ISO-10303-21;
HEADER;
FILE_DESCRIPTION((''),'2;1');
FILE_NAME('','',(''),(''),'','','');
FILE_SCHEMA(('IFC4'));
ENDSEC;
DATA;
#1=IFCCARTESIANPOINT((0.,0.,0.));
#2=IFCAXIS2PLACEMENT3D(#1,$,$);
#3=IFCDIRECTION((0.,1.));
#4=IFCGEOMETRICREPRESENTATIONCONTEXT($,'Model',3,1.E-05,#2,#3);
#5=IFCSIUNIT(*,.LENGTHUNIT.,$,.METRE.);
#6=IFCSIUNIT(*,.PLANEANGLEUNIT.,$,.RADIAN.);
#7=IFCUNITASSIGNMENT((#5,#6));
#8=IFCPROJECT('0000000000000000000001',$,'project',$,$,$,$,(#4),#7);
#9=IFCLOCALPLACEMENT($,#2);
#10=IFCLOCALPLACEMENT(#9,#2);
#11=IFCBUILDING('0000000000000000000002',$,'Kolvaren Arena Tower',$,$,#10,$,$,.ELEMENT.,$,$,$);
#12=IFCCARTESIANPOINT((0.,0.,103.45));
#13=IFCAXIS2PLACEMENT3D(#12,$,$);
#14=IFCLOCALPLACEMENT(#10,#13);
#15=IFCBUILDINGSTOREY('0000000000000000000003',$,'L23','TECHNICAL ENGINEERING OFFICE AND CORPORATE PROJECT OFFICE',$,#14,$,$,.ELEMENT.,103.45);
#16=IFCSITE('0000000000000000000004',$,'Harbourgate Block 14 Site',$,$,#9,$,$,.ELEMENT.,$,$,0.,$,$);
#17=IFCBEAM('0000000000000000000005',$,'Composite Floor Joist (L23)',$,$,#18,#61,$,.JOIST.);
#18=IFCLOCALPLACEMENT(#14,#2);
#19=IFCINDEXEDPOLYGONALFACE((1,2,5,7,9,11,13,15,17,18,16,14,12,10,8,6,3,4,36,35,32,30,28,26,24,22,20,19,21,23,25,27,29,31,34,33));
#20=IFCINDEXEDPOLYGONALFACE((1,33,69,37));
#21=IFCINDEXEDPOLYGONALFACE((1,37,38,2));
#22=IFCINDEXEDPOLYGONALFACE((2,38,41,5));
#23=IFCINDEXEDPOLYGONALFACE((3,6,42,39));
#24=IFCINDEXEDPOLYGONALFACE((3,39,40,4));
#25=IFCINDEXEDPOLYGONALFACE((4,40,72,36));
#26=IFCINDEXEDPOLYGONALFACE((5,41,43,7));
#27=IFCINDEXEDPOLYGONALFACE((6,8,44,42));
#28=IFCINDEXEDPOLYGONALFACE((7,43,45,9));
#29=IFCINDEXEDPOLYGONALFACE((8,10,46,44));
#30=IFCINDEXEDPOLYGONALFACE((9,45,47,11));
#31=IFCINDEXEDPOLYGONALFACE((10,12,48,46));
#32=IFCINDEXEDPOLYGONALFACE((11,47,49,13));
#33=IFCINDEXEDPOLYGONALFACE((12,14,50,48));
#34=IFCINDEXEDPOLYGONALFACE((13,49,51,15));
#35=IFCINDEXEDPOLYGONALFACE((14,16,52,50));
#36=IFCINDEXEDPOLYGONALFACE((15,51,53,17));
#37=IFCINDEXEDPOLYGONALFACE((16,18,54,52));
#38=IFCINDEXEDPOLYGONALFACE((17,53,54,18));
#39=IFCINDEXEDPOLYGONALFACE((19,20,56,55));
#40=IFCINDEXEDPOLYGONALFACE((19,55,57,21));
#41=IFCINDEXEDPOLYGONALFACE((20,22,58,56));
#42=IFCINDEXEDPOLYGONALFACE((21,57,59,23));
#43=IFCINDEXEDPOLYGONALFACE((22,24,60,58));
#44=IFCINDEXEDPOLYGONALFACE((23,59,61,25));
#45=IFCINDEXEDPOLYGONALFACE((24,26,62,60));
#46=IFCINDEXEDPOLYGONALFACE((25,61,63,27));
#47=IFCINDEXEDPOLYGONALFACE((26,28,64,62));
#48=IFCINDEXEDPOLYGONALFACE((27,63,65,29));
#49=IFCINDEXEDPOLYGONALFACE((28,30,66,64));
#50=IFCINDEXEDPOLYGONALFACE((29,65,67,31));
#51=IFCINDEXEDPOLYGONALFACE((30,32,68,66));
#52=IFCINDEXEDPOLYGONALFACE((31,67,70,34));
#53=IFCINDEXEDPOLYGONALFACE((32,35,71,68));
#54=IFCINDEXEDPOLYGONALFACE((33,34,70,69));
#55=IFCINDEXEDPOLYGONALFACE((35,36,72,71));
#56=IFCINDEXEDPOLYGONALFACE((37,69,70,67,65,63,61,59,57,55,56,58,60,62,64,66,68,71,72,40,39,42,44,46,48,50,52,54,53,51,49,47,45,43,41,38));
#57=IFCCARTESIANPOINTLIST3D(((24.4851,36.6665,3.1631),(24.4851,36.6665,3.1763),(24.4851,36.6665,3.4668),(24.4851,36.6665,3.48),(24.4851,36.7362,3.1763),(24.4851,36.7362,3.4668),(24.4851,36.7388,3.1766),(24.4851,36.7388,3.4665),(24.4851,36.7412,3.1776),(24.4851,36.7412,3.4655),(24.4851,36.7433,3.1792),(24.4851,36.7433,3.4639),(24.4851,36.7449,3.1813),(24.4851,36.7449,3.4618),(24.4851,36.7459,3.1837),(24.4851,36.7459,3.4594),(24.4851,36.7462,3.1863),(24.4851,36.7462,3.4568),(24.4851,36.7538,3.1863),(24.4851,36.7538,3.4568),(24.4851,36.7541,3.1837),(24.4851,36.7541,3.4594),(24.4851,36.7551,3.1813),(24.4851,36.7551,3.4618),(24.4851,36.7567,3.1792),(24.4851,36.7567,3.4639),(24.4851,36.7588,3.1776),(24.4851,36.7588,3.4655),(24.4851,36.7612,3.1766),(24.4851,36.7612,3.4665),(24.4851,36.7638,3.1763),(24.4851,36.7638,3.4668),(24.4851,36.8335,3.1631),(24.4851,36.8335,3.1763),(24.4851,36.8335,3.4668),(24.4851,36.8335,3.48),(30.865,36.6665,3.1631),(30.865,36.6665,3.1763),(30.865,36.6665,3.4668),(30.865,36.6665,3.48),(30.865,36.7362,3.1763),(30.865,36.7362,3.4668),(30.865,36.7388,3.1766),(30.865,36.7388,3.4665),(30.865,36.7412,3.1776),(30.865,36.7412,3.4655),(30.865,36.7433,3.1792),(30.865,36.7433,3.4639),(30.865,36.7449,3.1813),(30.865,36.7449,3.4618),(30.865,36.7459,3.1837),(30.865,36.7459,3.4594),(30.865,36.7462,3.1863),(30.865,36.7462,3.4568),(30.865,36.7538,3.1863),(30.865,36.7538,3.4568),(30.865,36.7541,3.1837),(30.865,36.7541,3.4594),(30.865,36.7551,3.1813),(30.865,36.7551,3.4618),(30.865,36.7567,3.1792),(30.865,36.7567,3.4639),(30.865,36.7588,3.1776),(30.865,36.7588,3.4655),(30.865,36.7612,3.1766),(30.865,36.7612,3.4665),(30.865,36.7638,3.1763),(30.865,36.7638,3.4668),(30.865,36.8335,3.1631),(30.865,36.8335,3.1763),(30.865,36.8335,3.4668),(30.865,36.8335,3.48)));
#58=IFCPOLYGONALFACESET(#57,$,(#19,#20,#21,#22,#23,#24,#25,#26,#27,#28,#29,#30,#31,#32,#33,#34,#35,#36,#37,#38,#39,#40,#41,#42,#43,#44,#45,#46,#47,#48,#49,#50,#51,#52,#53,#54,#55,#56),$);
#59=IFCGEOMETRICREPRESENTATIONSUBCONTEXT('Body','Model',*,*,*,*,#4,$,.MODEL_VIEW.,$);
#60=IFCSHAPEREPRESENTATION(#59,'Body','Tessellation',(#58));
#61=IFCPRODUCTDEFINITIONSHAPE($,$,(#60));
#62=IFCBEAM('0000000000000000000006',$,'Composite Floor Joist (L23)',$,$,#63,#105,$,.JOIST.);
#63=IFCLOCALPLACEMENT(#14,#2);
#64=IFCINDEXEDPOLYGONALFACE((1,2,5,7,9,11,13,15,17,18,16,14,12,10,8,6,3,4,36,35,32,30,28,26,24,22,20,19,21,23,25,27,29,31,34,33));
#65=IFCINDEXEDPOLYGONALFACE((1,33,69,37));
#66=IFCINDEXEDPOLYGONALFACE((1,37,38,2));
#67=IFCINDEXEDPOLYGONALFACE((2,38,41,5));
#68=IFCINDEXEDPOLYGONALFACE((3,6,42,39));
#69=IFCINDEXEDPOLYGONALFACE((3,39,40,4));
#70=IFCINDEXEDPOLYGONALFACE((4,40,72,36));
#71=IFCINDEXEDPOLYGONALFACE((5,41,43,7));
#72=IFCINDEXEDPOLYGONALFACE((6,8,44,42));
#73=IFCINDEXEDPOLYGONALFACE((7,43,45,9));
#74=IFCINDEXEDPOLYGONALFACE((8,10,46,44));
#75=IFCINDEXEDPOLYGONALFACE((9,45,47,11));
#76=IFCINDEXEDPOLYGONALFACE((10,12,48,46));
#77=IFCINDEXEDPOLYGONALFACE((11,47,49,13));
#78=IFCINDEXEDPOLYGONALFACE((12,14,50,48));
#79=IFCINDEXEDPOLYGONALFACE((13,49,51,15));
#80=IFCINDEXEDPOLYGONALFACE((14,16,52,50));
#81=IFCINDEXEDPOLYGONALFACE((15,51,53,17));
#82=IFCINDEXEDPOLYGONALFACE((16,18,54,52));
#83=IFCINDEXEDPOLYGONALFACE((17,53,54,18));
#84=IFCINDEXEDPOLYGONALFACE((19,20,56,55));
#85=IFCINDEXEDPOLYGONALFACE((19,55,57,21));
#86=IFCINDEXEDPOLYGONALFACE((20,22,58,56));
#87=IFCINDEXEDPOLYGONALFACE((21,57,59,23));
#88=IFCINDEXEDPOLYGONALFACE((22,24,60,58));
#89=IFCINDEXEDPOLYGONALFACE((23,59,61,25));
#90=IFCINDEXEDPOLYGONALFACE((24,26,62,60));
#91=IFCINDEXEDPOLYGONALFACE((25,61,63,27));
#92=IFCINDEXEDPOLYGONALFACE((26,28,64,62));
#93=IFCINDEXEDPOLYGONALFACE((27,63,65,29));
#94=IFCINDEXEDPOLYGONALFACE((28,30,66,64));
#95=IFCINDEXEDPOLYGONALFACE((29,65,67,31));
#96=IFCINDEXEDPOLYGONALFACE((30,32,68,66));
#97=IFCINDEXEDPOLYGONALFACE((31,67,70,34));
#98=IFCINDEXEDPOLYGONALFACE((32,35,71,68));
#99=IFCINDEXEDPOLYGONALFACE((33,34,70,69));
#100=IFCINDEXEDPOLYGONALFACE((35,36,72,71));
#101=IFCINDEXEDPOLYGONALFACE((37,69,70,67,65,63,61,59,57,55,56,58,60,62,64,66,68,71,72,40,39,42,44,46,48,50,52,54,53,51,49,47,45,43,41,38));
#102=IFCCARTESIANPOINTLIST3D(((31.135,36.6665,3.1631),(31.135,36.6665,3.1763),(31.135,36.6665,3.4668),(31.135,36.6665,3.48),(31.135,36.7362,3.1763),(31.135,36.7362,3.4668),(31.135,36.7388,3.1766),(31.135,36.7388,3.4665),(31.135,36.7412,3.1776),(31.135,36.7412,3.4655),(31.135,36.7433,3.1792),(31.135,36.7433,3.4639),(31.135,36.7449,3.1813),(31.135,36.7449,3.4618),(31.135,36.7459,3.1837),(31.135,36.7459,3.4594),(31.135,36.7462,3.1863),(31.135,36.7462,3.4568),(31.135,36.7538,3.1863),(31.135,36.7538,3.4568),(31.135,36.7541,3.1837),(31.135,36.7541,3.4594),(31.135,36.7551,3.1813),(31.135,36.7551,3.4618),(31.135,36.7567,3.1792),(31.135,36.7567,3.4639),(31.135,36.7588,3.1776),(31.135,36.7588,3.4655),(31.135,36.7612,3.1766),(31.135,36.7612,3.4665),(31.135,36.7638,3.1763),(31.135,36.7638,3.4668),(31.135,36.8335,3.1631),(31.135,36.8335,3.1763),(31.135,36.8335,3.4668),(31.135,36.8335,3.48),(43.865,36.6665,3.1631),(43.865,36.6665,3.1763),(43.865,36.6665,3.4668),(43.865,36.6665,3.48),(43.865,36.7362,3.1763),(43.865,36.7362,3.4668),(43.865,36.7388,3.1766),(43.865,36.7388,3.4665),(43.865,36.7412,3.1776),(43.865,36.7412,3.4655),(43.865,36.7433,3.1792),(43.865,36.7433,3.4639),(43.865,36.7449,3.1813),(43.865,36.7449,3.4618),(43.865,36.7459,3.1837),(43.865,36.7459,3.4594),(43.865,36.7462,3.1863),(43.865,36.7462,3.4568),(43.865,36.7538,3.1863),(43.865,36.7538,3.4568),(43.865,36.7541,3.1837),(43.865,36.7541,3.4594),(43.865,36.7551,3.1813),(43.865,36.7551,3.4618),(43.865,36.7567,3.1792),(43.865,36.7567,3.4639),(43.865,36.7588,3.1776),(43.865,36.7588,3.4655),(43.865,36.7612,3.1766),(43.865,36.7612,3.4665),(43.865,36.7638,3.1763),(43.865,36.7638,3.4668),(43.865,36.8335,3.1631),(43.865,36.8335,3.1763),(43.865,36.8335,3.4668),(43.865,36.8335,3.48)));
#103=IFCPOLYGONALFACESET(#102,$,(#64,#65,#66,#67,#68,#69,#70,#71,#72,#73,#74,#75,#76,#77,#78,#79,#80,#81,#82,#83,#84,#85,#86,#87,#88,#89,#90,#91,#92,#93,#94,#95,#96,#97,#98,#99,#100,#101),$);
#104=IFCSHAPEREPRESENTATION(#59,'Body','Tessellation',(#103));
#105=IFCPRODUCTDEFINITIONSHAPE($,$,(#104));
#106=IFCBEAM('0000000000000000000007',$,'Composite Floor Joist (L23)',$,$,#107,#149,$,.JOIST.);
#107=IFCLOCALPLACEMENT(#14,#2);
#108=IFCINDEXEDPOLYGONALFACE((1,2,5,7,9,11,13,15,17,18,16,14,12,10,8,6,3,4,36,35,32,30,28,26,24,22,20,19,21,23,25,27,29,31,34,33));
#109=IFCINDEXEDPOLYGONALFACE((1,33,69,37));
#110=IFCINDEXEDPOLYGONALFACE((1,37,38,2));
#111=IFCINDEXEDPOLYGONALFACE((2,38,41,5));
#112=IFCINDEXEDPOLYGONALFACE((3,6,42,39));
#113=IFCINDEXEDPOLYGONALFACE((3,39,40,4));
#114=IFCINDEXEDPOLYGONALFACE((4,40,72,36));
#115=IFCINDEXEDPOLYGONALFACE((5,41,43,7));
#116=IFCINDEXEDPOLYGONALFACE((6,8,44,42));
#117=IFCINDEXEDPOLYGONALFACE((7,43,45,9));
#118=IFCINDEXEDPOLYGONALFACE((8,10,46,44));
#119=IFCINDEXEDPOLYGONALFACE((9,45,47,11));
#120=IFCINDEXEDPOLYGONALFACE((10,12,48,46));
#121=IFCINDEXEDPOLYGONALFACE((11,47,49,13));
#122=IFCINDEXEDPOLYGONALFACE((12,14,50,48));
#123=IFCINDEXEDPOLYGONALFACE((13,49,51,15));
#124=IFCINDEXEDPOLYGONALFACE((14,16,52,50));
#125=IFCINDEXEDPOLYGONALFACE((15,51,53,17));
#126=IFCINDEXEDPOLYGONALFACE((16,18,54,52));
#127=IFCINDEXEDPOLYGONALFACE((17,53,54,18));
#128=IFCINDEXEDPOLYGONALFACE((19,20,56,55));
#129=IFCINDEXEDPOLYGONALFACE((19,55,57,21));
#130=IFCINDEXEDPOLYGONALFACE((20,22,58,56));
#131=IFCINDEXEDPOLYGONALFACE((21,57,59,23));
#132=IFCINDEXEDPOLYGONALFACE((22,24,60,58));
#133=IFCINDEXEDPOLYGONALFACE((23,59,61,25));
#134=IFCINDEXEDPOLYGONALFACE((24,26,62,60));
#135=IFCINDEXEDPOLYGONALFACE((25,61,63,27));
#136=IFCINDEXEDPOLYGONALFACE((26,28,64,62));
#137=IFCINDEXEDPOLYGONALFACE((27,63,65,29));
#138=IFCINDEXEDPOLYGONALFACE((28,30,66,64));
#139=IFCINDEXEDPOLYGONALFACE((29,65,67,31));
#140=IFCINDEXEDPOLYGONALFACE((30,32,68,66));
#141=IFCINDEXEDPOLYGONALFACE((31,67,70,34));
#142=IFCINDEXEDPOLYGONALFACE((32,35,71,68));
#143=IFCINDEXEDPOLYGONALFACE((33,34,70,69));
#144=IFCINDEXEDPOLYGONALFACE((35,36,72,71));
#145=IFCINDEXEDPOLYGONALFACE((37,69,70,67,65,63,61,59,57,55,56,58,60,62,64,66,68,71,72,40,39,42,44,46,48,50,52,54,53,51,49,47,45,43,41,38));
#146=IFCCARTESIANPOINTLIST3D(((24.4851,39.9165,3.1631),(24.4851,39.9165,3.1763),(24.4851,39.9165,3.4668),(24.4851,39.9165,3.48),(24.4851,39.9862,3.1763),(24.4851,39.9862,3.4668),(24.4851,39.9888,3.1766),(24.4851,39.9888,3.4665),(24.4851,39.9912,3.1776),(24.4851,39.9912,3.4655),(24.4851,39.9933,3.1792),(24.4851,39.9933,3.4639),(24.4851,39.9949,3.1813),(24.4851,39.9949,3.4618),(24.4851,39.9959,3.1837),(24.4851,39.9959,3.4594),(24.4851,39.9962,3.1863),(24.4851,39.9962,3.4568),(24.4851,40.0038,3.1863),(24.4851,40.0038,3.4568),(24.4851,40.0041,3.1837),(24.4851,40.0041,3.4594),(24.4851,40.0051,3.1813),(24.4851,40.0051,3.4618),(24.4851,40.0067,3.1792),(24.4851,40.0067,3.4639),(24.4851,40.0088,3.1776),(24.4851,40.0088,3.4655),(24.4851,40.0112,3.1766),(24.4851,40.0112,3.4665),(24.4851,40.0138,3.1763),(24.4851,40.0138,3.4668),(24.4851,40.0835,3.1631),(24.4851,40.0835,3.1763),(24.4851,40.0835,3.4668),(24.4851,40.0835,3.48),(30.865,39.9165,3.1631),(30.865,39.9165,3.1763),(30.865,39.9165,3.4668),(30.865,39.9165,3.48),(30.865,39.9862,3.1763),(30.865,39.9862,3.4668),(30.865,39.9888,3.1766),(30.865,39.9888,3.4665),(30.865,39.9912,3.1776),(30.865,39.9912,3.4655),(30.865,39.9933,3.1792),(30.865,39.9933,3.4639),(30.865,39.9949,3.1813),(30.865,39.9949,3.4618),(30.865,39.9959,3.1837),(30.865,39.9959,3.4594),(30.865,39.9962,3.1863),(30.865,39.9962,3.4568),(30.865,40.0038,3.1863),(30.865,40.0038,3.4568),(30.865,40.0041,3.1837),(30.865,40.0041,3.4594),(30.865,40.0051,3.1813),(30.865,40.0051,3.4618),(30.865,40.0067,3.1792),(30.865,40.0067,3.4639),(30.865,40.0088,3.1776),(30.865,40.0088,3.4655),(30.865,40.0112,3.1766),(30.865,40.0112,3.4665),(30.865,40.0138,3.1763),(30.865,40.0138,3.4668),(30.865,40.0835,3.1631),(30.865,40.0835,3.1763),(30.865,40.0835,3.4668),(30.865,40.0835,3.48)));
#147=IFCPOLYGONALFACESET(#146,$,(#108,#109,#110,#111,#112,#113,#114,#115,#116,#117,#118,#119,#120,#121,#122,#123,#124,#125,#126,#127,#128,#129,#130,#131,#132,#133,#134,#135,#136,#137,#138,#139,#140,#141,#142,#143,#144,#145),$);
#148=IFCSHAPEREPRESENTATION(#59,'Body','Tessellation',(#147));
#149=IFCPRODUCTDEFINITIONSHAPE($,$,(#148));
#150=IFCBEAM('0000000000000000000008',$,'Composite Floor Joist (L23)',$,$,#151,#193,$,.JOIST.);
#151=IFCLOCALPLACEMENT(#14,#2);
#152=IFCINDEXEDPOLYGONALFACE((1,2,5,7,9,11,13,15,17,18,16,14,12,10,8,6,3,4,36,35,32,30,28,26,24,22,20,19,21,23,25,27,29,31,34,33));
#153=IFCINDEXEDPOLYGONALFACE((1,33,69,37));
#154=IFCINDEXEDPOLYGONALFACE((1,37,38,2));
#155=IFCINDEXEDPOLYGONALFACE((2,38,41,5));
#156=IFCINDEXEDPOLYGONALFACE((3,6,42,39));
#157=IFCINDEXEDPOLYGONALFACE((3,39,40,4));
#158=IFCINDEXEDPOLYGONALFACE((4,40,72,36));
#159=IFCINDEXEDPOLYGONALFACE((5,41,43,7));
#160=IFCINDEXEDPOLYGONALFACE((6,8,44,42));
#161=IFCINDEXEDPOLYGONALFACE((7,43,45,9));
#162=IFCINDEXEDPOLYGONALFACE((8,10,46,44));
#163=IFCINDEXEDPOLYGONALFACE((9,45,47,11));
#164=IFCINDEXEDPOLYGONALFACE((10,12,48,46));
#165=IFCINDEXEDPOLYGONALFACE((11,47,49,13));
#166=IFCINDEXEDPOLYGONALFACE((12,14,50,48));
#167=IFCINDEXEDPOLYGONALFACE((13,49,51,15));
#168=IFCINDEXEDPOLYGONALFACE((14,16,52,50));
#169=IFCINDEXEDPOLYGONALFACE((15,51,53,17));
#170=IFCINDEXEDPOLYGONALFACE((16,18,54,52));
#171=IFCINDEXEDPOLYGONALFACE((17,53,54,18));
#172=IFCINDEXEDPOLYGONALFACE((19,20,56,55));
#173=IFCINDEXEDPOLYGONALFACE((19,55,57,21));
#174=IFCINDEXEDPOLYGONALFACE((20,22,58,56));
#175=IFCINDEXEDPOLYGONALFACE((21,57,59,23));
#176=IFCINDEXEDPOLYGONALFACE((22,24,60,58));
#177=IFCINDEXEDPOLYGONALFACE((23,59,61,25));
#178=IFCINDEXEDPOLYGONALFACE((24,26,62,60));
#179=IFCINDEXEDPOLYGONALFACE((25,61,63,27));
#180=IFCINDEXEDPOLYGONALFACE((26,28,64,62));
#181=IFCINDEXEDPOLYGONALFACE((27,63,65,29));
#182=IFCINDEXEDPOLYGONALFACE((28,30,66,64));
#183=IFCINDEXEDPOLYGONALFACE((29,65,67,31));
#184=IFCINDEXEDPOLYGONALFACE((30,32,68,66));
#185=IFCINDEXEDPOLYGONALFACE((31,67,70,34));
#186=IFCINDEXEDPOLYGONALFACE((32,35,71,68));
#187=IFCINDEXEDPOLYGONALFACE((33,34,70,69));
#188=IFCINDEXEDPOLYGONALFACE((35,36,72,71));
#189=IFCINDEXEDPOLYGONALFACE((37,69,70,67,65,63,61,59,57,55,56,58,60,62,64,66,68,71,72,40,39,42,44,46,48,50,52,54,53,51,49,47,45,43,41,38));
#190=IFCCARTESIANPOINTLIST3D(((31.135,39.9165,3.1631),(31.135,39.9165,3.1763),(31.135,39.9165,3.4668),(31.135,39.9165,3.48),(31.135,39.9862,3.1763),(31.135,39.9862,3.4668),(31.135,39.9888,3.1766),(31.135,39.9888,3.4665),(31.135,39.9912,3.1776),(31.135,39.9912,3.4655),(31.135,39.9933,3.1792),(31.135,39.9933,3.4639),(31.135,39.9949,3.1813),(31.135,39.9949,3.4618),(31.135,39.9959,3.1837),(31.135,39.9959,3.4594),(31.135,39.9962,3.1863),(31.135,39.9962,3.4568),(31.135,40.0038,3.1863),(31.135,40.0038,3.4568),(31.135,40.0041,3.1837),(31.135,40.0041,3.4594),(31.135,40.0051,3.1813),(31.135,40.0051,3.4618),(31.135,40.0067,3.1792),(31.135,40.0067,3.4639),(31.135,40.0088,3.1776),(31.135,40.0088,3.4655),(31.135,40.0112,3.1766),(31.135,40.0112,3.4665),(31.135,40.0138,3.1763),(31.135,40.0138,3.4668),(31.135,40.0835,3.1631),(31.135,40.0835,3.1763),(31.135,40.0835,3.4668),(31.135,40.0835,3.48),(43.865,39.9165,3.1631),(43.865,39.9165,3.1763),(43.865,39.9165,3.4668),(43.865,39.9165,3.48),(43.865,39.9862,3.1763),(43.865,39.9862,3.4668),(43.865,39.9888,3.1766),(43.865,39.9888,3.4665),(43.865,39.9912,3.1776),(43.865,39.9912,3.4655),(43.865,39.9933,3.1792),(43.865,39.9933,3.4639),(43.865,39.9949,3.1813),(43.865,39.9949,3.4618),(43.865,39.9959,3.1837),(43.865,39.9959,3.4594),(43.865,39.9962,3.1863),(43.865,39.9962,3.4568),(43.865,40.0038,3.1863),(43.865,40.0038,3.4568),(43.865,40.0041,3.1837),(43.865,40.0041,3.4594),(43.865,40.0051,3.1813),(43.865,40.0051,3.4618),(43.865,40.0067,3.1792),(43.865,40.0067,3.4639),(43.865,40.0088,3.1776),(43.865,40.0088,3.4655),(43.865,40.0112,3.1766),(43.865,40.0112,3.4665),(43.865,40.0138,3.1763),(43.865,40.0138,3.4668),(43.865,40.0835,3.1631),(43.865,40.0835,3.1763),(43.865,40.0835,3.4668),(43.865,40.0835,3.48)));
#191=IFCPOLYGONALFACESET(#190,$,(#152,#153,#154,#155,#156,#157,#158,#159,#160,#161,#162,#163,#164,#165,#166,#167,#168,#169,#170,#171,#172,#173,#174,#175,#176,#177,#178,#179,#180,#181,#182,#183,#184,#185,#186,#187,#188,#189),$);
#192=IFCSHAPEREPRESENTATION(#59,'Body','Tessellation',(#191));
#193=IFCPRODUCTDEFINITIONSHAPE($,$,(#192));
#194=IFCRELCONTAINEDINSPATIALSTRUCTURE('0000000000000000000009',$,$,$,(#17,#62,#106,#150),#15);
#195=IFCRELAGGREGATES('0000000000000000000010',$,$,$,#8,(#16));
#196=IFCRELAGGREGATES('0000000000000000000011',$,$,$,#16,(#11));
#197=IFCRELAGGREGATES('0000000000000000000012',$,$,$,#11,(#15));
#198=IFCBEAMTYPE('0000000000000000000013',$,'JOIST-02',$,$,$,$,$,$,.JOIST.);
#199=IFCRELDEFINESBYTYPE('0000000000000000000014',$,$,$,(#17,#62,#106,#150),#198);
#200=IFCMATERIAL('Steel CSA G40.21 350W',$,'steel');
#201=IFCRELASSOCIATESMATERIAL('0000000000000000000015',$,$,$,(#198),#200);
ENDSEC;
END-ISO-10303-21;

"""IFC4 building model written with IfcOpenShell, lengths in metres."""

from ifc_helpers import new_model, si_unit, direction, frame, origin, origin_2d, place, context, subcontext, project, spatial, i_section, extrude, material, material_profile, profile_set, type_object, element, save


model = new_model("IFC4")

# Units and contexts
model_context = context("Model", 3, precision=1e-05, world=origin(), true_north=direction((0.0, 1.0)))
body_context = subcontext(model_context, "Body", "Model", "MODEL_VIEW")
ifc_project = project(units=[si_unit("LENGTHUNIT", "METRE"), si_unit("PLANEANGLEUNIT", "RADIAN")], contexts=[model_context])

# Site, building, storey
site_placement = place(None, origin())
site = spatial("IfcSite", under=ifc_project, at=site_placement, Name="Harbourgate Block 14 Site", CompositionType="ELEMENT", RefElevation=0.0)
building_placement = place(site_placement, origin())
building = spatial("IfcBuilding", under=site, at=building_placement, Name="Kolvaren Arena Tower", CompositionType="ELEMENT")
storey_placement = place(building_placement, frame((0.0, 0.0, 103.45)))
storey = spatial("IfcBuildingStorey", under=building, at=storey_placement, Name="L23", Description="TECHNICAL ENGINEERING OFFICE AND CORPORATE PROJECT OFFICE", CompositionType="ELEMENT", Elevation=103.45)

# Beams
ifc_material_1 = material(Name="Steel CSA G40.21 350W", Category="steel")
ifc_material_profile_1 = material_profile(ifc_material_1, i_section(OverallWidth=0.167, OverallDepth=0.3169, WebThickness=0.0076, FlangeThickness=0.0132, FilletRadius=0.01, at=origin_2d()), Name="W310x52")
ifc_profile_set_1 = profile_set([ifc_material_profile_1], Name="Steel CSA G40.21 350W")
beam_type_1 = type_object("IfcBeamType", Name="JOIST-02", PredefinedType="JOIST", material=ifc_profile_set_1)
beam_1_placement = place(storey_placement, frame((24.4851, 36.75, 3.3215), z_axis=(1.0, 0.0, 0.0), x_axis=(0.0, 1.0, 0.0)))
element("IfcBeam", 1, at=beam_1_placement, inside=storey, type_object=beam_type_1, Name="Composite Floor Joist (L23)", PredefinedType="JOIST", context=body_context, shape_type="SweptSolid", body=[
    extrude(i_section(OverallWidth=0.167, OverallDepth=0.3169, WebThickness=0.0076, FlangeThickness=0.0132, FilletRadius=0.01, at=origin_2d()), origin(), (0.0, 0.0, 1.0), 6.3799),
])
beam_2_placement = place(storey_placement, frame((31.135, 36.75, 3.3215), z_axis=(1.0, 0.0, 0.0), x_axis=(0.0, 1.0, 0.0)))
element("IfcBeam", 2, at=beam_2_placement, inside=storey, type_object=beam_type_1, Name="Composite Floor Joist (L23)", PredefinedType="JOIST", context=body_context, shape_type="SweptSolid", body=[
    extrude(i_section(OverallWidth=0.167, OverallDepth=0.3169, WebThickness=0.0076, FlangeThickness=0.0132, FilletRadius=0.01, at=origin_2d()), origin(), (0.0, 0.0, 1.0), 12.73),
])
beam_3_placement = place(storey_placement, frame((24.4851, 40.0, 3.3215), z_axis=(1.0, 0.0, 0.0), x_axis=(0.0, 1.0, 0.0)))
element("IfcBeam", 3, at=beam_3_placement, inside=storey, type_object=beam_type_1, Name="Composite Floor Joist (L23)", PredefinedType="JOIST", context=body_context, shape_type="SweptSolid", body=[
    extrude(i_section(OverallWidth=0.167, OverallDepth=0.3169, WebThickness=0.0076, FlangeThickness=0.0132, FilletRadius=0.01, at=origin_2d()), origin(), (0.0, 0.0, 1.0), 6.3799),
])
beam_4_placement = place(storey_placement, frame((31.135, 40.0, 3.3215), z_axis=(1.0, 0.0, 0.0), x_axis=(0.0, 1.0, 0.0)))
element("IfcBeam", 4, at=beam_4_placement, inside=storey, type_object=beam_type_1, Name="Composite Floor Joist (L23)", PredefinedType="JOIST", context=body_context, shape_type="SweptSolid", body=[
    extrude(i_section(OverallWidth=0.167, OverallDepth=0.3169, WebThickness=0.0076, FlangeThickness=0.0132, FilletRadius=0.01, at=origin_2d()), origin(), (0.0, 0.0, 1.0), 12.73),
])

save(model, "model.ifc")
